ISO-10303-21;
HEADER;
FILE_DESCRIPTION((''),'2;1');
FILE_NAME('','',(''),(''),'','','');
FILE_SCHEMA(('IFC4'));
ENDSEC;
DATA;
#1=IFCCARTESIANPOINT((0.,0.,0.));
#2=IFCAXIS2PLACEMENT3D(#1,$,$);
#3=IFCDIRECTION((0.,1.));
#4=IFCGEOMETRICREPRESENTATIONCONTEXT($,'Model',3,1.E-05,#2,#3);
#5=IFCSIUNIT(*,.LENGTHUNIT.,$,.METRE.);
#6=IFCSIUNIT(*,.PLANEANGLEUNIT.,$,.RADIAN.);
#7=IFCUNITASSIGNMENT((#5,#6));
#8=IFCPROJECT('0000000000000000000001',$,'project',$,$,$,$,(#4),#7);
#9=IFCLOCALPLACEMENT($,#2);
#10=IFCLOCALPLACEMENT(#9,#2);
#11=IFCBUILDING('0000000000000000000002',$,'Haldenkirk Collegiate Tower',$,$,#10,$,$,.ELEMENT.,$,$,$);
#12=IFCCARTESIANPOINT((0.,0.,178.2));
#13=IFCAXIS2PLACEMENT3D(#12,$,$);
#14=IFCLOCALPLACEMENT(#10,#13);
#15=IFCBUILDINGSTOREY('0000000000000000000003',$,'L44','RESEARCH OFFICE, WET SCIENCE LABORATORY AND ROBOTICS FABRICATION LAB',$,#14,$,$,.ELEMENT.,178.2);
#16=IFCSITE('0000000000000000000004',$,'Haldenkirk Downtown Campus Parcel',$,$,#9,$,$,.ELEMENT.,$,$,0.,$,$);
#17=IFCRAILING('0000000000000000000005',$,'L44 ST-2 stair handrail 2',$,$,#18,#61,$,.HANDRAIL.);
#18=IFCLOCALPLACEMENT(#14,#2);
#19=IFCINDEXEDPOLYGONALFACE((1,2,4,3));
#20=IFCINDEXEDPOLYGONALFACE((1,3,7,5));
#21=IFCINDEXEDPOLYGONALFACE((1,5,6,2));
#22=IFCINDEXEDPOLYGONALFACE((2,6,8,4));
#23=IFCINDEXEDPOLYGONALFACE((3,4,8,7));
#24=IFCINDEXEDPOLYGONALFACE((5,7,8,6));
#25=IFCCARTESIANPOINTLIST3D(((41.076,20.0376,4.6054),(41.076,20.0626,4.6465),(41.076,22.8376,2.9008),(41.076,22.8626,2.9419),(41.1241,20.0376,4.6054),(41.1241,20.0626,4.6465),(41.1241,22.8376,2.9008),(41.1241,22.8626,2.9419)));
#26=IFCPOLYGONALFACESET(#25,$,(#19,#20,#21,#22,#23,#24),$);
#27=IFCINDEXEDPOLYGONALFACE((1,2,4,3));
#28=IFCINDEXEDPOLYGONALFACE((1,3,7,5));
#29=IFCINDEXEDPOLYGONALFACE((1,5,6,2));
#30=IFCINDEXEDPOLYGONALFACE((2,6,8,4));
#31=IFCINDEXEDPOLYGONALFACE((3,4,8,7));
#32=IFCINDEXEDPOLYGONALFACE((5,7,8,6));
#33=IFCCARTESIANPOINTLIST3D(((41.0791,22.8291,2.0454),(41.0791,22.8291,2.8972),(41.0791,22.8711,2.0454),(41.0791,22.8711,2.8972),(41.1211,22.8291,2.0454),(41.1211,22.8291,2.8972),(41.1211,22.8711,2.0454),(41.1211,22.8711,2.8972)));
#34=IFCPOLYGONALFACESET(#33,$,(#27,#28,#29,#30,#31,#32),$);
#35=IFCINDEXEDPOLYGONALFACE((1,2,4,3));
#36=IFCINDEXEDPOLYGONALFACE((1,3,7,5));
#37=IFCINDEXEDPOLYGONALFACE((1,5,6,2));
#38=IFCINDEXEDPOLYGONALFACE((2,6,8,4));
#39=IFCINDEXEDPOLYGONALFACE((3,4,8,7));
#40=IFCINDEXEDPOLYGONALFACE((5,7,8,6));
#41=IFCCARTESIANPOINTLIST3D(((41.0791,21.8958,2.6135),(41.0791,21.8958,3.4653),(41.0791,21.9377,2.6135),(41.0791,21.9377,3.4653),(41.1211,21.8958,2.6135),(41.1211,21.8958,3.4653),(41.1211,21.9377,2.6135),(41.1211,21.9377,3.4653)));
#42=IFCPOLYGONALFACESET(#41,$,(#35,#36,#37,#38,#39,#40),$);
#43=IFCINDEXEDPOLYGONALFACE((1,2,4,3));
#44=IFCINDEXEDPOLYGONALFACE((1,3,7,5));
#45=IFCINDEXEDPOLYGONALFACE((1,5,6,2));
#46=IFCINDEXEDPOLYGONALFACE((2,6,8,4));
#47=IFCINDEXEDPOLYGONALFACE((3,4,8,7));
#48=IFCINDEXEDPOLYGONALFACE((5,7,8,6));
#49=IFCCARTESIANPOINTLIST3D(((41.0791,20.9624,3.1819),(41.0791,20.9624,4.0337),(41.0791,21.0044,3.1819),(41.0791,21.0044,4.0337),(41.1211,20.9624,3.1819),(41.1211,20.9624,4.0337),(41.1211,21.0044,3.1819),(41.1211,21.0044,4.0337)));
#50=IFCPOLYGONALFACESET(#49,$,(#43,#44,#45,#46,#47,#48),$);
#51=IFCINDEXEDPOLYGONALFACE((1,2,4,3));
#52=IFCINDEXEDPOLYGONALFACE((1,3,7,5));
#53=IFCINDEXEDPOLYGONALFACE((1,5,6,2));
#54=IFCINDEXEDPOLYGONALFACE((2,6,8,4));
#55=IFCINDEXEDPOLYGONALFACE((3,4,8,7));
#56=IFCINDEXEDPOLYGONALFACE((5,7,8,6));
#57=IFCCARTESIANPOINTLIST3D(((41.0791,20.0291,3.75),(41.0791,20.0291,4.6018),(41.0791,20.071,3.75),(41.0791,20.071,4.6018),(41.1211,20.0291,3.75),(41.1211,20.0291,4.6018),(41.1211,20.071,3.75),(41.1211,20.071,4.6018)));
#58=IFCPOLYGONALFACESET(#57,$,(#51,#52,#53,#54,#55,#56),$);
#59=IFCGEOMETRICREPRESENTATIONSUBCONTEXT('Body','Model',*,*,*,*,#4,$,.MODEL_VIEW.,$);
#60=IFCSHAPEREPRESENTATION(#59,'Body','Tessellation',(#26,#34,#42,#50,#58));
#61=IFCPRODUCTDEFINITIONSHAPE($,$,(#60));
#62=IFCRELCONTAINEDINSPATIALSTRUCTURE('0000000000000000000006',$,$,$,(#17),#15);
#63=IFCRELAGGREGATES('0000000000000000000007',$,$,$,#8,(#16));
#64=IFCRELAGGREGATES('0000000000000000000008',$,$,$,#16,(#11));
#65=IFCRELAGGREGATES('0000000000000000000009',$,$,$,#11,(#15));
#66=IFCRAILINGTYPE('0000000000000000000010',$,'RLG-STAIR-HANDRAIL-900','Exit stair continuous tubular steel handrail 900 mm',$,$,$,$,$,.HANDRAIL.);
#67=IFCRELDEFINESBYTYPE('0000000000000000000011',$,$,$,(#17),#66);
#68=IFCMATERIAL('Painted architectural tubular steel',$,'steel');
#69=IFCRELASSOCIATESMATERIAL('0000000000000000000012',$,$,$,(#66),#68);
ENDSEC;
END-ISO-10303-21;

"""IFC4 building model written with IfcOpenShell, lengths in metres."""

from ifc_helpers import new_model, si_unit, direction, frame, origin, origin_2d, place, context, subcontext, project, spatial, rectangle, extrude, material, type_object, element, save


model = new_model("IFC4")

# Units and contexts
model_context = context("Model", 3, precision=1e-05, world=origin(), true_north=direction((0.0, 1.0)))
body_context = subcontext(model_context, "Body", "Model", "MODEL_VIEW")
ifc_project = project(units=[si_unit("LENGTHUNIT", "METRE"), si_unit("PLANEANGLEUNIT", "RADIAN")], contexts=[model_context])

# Site, building, storey
site_placement = place(None, origin())
site = spatial("IfcSite", under=ifc_project, at=site_placement, Name="Haldenkirk Downtown Campus Parcel", CompositionType="ELEMENT", RefElevation=0.0)
building_placement = place(site_placement, origin())
building = spatial("IfcBuilding", under=site, at=building_placement, Name="Haldenkirk Collegiate Tower", CompositionType="ELEMENT")
storey_placement = place(building_placement, frame((0.0, 0.0, 178.2)))
storey = spatial("IfcBuildingStorey", under=building, at=storey_placement, Name="L44", Description="RESEARCH OFFICE, WET SCIENCE LABORATORY AND ROBOTICS FABRICATION LAB", CompositionType="ELEMENT", Elevation=178.2)

# Railing
ifc_material_1 = material(Name="Painted architectural tubular steel", Category="steel")
railing_type_1 = type_object("IfcRailingType", Name="RLG-STAIR-HANDRAIL-900", Description="Exit stair continuous tubular steel handrail 900 mm", PredefinedType="HANDRAIL", material=ifc_material_1)
railing_1_placement = place(storey_placement, frame((41.1001, 22.8501, 2.0454)))
element("IfcRailing", 1, at=railing_1_placement, inside=storey, type_object=railing_type_1, Name="L44 ST-2 stair handrail 2", PredefinedType="HANDRAIL", context=body_context, shape_type="SweptSolid", body=[
    extrude(rectangle(XDim=0.0481, YDim=0.0481, at=origin_2d()), frame((0.0, 0.0, 0.876), z_axis=(0.0, -0.85417, 0.519994), x_axis=(1.0, 0.0, 0.0)), (0.0, 0.0, 1.0), 3.2781),
    extrude(rectangle(XDim=0.042, YDim=0.042, at=origin_2d()), origin(), (0.0, 0.0, 1.0), 0.8518),
    extrude(rectangle(XDim=0.042, YDim=0.042, at=origin_2d()), frame((0.0, -0.9333, 0.5681)), (0.0, 0.0, 1.0), 0.8518),
    extrude(rectangle(XDim=0.042, YDim=0.042, at=origin_2d()), frame((0.0, -1.8667, 1.1365)), (0.0, 0.0, 1.0), 0.8518),
    extrude(rectangle(XDim=0.042, YDim=0.042, at=origin_2d()), frame((0.0, -2.8, 1.7046)), (0.0, 0.0, 1.0), 0.8518),
])

save(model, "model.ifc")
